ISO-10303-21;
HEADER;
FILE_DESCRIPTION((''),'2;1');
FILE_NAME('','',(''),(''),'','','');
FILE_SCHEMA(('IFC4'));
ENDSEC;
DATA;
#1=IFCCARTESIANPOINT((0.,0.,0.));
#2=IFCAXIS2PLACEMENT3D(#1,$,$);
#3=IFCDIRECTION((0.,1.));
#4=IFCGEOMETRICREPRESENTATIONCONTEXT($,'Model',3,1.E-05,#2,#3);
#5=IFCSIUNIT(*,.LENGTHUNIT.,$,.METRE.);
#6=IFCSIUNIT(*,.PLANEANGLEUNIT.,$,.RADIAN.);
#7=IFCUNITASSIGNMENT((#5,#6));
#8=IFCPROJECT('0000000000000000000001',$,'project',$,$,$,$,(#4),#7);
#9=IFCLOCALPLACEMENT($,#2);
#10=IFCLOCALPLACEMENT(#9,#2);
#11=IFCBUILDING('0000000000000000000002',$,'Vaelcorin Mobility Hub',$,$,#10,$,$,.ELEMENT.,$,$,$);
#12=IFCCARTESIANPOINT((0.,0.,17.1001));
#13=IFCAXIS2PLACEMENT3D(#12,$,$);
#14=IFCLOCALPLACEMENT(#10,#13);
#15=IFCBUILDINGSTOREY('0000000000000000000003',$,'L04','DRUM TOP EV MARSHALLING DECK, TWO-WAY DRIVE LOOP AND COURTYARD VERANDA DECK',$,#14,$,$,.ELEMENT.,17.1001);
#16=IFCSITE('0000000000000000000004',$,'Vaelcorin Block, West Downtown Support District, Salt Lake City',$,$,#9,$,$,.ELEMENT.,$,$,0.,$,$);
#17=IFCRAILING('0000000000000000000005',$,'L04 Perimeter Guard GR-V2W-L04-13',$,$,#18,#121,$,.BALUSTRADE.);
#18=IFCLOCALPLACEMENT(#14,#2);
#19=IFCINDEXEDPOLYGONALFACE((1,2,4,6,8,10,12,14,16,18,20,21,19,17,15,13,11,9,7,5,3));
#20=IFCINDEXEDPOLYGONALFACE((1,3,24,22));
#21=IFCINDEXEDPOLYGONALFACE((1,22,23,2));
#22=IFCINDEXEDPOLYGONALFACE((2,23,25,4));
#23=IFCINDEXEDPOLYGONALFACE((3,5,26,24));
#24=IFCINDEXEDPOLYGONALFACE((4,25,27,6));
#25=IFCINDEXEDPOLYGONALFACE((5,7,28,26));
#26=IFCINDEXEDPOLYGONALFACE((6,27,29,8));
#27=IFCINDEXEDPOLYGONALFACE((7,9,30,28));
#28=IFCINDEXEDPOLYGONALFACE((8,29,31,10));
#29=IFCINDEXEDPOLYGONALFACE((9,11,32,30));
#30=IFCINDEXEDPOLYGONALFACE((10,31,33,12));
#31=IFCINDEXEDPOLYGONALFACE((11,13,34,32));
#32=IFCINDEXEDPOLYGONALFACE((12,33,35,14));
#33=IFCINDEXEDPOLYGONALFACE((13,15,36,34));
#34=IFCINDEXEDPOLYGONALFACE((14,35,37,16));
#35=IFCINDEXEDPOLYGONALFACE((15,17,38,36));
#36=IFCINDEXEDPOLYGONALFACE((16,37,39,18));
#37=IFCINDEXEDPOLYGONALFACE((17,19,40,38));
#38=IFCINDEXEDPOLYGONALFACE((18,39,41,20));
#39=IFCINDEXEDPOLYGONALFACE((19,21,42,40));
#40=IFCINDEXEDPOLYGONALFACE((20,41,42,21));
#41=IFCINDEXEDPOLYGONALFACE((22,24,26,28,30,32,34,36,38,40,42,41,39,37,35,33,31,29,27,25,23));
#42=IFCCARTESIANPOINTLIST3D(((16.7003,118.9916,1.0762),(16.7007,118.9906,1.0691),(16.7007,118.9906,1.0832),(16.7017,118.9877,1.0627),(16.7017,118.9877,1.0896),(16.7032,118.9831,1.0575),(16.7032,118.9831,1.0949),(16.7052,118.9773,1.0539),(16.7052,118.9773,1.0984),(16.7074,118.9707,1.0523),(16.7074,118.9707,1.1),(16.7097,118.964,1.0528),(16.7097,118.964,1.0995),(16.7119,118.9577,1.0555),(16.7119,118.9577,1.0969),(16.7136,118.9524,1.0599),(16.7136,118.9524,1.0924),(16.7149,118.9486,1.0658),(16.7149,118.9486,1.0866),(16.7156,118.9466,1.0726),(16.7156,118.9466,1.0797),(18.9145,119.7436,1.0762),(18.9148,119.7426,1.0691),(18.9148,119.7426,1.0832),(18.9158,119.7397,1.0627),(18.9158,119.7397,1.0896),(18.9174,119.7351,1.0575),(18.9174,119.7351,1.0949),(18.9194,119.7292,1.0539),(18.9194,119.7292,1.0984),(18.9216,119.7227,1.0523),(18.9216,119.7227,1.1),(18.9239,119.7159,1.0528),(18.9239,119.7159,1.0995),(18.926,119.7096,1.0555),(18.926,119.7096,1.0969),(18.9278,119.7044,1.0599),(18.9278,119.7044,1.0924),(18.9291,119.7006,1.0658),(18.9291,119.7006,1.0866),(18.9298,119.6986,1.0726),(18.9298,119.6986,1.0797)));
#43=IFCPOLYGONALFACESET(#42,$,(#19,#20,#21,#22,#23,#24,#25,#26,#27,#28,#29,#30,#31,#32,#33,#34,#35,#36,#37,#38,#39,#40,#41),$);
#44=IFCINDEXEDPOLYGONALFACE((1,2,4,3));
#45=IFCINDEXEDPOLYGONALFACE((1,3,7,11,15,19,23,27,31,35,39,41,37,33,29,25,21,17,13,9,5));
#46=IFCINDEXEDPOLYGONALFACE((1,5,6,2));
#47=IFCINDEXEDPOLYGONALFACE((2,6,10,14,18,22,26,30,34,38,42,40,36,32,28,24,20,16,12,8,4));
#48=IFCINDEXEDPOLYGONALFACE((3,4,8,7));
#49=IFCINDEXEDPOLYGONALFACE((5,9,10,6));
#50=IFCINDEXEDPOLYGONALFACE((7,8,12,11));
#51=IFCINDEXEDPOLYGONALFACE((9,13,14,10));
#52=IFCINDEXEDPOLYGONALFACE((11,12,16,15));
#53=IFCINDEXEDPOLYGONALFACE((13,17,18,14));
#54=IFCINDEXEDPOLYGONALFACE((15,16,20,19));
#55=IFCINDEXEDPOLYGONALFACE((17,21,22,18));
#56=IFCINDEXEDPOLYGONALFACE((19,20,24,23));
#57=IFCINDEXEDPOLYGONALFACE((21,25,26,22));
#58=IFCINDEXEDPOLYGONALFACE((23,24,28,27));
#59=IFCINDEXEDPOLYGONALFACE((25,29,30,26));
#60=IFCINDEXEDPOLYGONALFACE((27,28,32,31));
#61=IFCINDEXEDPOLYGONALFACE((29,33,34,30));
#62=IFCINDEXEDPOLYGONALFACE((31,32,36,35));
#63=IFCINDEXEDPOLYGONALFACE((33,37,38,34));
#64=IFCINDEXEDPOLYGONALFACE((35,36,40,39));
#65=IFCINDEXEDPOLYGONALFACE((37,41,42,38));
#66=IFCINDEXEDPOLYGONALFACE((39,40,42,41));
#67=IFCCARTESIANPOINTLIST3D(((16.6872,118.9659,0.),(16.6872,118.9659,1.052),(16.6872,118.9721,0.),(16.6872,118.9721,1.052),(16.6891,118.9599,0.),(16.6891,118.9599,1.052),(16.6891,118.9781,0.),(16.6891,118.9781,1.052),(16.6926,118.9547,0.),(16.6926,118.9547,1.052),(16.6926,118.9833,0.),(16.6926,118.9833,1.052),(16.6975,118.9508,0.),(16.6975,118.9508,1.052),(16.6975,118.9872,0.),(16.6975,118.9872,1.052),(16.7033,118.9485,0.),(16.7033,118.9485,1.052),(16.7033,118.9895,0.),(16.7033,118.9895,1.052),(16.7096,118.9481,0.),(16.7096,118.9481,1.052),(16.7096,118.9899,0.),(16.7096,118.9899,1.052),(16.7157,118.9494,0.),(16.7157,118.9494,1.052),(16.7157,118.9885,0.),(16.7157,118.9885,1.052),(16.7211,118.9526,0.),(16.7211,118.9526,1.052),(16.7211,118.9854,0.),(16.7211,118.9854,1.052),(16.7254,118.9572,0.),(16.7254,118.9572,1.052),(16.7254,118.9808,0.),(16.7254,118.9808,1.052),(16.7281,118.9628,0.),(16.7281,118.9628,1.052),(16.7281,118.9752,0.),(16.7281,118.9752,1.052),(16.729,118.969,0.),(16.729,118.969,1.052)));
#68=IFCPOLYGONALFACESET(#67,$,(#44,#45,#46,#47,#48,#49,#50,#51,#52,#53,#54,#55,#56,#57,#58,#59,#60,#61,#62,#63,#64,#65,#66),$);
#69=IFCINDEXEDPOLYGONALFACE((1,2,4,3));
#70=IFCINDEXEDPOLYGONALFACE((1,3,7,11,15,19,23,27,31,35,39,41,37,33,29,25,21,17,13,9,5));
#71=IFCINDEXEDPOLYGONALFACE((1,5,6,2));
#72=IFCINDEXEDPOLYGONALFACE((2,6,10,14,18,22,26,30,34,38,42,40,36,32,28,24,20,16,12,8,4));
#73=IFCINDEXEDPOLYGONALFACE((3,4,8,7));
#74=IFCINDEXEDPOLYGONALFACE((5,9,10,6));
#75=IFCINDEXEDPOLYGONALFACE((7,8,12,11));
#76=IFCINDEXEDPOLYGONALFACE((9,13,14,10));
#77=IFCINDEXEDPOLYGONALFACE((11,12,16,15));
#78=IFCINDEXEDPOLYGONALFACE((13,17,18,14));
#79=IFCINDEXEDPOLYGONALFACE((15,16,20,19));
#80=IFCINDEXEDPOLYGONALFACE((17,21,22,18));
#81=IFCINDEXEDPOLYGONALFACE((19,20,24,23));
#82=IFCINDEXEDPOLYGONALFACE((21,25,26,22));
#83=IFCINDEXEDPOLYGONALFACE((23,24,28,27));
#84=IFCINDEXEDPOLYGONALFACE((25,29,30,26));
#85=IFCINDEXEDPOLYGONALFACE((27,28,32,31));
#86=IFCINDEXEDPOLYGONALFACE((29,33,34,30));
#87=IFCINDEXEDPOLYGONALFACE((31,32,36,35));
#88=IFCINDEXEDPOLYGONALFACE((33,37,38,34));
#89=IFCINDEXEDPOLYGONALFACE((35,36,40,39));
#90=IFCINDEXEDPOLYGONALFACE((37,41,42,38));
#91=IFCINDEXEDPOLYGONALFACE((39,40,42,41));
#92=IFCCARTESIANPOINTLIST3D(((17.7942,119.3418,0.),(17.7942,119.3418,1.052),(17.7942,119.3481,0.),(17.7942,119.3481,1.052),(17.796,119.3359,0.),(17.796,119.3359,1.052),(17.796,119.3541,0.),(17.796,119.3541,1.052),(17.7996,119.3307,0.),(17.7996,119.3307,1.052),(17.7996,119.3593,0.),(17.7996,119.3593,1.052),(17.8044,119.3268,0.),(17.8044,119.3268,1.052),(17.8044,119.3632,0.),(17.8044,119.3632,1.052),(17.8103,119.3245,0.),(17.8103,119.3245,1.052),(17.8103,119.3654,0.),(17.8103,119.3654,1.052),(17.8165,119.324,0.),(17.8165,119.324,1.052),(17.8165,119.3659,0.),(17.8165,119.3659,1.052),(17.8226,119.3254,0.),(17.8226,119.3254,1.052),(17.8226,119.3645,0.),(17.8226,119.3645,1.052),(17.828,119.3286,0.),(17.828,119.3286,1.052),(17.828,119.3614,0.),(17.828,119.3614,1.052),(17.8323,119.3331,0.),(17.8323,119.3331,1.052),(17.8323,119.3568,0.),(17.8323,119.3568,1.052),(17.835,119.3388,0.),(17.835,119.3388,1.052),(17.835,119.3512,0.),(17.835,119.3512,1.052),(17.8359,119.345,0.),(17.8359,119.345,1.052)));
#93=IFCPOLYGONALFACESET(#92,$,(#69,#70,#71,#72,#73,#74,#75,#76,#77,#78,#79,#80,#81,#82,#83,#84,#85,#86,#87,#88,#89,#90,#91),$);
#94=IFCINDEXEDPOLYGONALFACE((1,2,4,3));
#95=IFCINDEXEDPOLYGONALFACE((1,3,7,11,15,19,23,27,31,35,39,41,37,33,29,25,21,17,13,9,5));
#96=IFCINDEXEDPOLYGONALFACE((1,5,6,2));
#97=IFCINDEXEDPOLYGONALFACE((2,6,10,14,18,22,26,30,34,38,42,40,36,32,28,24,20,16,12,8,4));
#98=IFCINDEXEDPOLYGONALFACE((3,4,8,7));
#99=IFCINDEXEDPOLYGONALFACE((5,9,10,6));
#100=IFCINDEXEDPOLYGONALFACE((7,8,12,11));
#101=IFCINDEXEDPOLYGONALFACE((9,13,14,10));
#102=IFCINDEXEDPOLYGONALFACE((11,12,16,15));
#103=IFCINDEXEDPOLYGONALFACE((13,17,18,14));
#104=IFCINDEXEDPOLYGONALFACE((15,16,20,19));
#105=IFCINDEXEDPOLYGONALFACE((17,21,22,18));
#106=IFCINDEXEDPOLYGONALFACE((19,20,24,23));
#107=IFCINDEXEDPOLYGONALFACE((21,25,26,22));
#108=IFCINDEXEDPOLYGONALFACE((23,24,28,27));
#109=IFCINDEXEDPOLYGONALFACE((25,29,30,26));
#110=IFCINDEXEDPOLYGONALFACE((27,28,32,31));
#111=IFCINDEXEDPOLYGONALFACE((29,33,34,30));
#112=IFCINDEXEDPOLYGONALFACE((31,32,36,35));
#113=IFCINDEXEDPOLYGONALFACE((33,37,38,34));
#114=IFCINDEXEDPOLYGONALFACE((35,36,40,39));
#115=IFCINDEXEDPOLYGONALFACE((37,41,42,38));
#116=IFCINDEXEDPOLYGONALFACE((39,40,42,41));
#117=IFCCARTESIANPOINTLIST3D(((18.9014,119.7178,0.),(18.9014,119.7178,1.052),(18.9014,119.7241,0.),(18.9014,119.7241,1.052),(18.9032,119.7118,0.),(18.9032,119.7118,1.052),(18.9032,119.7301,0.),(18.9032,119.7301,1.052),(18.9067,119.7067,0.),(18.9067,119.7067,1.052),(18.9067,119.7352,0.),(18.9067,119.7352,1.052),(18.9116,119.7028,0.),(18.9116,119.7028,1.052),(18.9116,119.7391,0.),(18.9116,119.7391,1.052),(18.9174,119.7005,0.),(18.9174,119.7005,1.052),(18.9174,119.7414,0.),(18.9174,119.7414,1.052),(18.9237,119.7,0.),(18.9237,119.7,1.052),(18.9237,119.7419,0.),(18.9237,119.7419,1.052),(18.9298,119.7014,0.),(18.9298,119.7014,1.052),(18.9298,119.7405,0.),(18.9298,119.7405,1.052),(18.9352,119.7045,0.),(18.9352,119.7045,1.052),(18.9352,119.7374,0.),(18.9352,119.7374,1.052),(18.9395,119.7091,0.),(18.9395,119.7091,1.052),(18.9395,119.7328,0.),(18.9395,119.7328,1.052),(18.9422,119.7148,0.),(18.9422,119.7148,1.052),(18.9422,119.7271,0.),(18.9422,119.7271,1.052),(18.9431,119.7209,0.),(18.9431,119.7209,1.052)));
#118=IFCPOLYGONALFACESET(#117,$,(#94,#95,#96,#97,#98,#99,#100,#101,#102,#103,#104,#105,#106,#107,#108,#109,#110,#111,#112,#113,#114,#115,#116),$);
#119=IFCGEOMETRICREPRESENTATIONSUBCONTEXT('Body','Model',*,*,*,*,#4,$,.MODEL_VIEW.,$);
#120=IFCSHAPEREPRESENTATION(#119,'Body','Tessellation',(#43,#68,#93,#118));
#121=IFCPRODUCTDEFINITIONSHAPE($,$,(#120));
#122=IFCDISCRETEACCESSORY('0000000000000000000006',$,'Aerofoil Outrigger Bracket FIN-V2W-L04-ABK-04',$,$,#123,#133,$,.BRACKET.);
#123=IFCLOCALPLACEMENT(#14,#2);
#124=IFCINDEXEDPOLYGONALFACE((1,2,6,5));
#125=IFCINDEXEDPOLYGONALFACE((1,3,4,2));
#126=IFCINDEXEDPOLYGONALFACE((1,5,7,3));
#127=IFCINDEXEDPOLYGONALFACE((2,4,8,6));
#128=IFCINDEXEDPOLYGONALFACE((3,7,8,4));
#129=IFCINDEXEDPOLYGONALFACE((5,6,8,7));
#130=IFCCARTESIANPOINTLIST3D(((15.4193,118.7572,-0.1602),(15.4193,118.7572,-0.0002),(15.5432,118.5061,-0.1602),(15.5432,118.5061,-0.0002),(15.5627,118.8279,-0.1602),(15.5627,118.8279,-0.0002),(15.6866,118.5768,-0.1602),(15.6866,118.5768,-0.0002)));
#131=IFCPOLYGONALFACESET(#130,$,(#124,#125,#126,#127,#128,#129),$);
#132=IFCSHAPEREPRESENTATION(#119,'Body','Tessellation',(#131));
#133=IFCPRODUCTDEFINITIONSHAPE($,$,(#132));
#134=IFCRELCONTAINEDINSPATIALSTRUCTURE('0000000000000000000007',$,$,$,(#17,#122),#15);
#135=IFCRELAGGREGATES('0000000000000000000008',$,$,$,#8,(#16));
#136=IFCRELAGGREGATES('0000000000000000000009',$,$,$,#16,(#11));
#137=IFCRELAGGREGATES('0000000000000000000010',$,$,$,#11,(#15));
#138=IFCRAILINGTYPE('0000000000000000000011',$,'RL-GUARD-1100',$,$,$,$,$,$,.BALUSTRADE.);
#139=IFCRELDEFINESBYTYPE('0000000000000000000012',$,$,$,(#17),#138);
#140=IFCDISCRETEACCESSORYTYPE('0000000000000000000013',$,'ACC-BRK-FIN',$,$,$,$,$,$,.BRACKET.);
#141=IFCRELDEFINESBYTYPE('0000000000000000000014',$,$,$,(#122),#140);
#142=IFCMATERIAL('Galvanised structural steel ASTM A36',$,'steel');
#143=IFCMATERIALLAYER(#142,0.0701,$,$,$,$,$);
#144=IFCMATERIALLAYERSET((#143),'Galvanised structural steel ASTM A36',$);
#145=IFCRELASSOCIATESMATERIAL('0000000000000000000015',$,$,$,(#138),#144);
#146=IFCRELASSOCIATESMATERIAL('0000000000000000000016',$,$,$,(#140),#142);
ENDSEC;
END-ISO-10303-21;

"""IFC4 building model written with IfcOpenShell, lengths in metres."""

from ifc_helpers import new_model, si_unit, direction, frame, origin, origin_2d, place, context, subcontext, project, spatial, rectangle, circle, extrude, material, layer, layer_set, type_object, element, save


model = new_model("IFC4")

# Units and contexts
model_context = context("Model", 3, precision=1e-05, world=origin(), true_north=direction((0.0, 1.0)))
body_context = subcontext(model_context, "Body", "Model", "MODEL_VIEW")
ifc_project = project(units=[si_unit("LENGTHUNIT", "METRE"), si_unit("PLANEANGLEUNIT", "RADIAN")], contexts=[model_context])

# Site, building, storey
site_placement = place(None, origin())
site = spatial("IfcSite", under=ifc_project, at=site_placement, Name="Vaelcorin Block, West Downtown Support District, Salt Lake City", CompositionType="ELEMENT", RefElevation=0.0)
building_placement = place(site_placement, origin())
building = spatial("IfcBuilding", under=site, at=building_placement, Name="Vaelcorin Mobility Hub", CompositionType="ELEMENT")
storey_placement = place(building_placement, frame((0.0, 0.0, 17.1001)))
storey = spatial("IfcBuildingStorey", under=building, at=storey_placement, Name="L04", Description="DRUM TOP EV MARSHALLING DECK, TWO-WAY DRIVE LOOP AND COURTYARD VERANDA DECK", CompositionType="ELEMENT", Elevation=17.1001)

# Railing
ifc_material_1 = material(Name="Galvanised structural steel ASTM A36", Category="steel")
ifc_layer_1 = layer(ifc_material_1, 0.0701)
ifc_layer_set_1 = layer_set([ifc_layer_1], Name="Galvanised structural steel ASTM A36")
railing_type = type_object("IfcRailingType", Name="RL-GUARD-1100", PredefinedType="BALUSTRADE", material=ifc_layer_set_1)
railing_1_placement = place(storey_placement, frame((16.708, 118.969, 0.0)))
element("IfcRailing", 1, at=railing_1_placement, inside=storey, type_object=railing_type, Name="L04 Perimeter Guard GR-V2W-L04-13", PredefinedType="BALUSTRADE", context=body_context, shape_type="SweptSolid", body=[
    extrude(circle(Radius=0.0239, at=origin_2d()), frame((0.0, 0.0, 1.0762), z_axis=(0.946883, 0.321579, 0.0), x_axis=(-0.321579, 0.946883, 0.0)), (0.0, 0.0, 1.0), 2.3384),
    extrude(circle(Radius=0.021, at=origin_2d()), origin(), (0.0, 0.0, 1.0), 1.052),
    extrude(circle(Radius=0.021, at=origin_2d()), frame((1.1069, 0.376, 0.0)), (0.0, 0.0, 1.0), 1.052),
    extrude(circle(Radius=0.021, at=origin_2d()), frame((2.2141, 0.752, 0.0)), (0.0, 0.0, 1.0), 1.052),
])

# Discrete accessory
discrete_accessory_type = type_object("IfcDiscreteAccessoryType", Name="ACC-BRK-FIN", PredefinedType="BRACKET", material=ifc_material_1)
discrete_accessory_placement = place(storey_placement, frame((15.553, 118.667, -0.1602), z_axis=(0.0, 0.0, 1.0), x_axis=(-0.442445, 0.896796, 0.0)))
element("IfcDiscreteAccessory", 2, at=discrete_accessory_placement, inside=storey, type_object=discrete_accessory_type, Name="Aerofoil Outrigger Bracket FIN-V2W-L04-ABK-04", PredefinedType="BRACKET", context=body_context, shape_type="SweptSolid", body=[
    extrude(rectangle(XDim=0.28, YDim=0.1599, at=origin_2d()), origin(), (0.0, 0.0, 1.0), 0.1599),
])

save(model, "model.ifc")
